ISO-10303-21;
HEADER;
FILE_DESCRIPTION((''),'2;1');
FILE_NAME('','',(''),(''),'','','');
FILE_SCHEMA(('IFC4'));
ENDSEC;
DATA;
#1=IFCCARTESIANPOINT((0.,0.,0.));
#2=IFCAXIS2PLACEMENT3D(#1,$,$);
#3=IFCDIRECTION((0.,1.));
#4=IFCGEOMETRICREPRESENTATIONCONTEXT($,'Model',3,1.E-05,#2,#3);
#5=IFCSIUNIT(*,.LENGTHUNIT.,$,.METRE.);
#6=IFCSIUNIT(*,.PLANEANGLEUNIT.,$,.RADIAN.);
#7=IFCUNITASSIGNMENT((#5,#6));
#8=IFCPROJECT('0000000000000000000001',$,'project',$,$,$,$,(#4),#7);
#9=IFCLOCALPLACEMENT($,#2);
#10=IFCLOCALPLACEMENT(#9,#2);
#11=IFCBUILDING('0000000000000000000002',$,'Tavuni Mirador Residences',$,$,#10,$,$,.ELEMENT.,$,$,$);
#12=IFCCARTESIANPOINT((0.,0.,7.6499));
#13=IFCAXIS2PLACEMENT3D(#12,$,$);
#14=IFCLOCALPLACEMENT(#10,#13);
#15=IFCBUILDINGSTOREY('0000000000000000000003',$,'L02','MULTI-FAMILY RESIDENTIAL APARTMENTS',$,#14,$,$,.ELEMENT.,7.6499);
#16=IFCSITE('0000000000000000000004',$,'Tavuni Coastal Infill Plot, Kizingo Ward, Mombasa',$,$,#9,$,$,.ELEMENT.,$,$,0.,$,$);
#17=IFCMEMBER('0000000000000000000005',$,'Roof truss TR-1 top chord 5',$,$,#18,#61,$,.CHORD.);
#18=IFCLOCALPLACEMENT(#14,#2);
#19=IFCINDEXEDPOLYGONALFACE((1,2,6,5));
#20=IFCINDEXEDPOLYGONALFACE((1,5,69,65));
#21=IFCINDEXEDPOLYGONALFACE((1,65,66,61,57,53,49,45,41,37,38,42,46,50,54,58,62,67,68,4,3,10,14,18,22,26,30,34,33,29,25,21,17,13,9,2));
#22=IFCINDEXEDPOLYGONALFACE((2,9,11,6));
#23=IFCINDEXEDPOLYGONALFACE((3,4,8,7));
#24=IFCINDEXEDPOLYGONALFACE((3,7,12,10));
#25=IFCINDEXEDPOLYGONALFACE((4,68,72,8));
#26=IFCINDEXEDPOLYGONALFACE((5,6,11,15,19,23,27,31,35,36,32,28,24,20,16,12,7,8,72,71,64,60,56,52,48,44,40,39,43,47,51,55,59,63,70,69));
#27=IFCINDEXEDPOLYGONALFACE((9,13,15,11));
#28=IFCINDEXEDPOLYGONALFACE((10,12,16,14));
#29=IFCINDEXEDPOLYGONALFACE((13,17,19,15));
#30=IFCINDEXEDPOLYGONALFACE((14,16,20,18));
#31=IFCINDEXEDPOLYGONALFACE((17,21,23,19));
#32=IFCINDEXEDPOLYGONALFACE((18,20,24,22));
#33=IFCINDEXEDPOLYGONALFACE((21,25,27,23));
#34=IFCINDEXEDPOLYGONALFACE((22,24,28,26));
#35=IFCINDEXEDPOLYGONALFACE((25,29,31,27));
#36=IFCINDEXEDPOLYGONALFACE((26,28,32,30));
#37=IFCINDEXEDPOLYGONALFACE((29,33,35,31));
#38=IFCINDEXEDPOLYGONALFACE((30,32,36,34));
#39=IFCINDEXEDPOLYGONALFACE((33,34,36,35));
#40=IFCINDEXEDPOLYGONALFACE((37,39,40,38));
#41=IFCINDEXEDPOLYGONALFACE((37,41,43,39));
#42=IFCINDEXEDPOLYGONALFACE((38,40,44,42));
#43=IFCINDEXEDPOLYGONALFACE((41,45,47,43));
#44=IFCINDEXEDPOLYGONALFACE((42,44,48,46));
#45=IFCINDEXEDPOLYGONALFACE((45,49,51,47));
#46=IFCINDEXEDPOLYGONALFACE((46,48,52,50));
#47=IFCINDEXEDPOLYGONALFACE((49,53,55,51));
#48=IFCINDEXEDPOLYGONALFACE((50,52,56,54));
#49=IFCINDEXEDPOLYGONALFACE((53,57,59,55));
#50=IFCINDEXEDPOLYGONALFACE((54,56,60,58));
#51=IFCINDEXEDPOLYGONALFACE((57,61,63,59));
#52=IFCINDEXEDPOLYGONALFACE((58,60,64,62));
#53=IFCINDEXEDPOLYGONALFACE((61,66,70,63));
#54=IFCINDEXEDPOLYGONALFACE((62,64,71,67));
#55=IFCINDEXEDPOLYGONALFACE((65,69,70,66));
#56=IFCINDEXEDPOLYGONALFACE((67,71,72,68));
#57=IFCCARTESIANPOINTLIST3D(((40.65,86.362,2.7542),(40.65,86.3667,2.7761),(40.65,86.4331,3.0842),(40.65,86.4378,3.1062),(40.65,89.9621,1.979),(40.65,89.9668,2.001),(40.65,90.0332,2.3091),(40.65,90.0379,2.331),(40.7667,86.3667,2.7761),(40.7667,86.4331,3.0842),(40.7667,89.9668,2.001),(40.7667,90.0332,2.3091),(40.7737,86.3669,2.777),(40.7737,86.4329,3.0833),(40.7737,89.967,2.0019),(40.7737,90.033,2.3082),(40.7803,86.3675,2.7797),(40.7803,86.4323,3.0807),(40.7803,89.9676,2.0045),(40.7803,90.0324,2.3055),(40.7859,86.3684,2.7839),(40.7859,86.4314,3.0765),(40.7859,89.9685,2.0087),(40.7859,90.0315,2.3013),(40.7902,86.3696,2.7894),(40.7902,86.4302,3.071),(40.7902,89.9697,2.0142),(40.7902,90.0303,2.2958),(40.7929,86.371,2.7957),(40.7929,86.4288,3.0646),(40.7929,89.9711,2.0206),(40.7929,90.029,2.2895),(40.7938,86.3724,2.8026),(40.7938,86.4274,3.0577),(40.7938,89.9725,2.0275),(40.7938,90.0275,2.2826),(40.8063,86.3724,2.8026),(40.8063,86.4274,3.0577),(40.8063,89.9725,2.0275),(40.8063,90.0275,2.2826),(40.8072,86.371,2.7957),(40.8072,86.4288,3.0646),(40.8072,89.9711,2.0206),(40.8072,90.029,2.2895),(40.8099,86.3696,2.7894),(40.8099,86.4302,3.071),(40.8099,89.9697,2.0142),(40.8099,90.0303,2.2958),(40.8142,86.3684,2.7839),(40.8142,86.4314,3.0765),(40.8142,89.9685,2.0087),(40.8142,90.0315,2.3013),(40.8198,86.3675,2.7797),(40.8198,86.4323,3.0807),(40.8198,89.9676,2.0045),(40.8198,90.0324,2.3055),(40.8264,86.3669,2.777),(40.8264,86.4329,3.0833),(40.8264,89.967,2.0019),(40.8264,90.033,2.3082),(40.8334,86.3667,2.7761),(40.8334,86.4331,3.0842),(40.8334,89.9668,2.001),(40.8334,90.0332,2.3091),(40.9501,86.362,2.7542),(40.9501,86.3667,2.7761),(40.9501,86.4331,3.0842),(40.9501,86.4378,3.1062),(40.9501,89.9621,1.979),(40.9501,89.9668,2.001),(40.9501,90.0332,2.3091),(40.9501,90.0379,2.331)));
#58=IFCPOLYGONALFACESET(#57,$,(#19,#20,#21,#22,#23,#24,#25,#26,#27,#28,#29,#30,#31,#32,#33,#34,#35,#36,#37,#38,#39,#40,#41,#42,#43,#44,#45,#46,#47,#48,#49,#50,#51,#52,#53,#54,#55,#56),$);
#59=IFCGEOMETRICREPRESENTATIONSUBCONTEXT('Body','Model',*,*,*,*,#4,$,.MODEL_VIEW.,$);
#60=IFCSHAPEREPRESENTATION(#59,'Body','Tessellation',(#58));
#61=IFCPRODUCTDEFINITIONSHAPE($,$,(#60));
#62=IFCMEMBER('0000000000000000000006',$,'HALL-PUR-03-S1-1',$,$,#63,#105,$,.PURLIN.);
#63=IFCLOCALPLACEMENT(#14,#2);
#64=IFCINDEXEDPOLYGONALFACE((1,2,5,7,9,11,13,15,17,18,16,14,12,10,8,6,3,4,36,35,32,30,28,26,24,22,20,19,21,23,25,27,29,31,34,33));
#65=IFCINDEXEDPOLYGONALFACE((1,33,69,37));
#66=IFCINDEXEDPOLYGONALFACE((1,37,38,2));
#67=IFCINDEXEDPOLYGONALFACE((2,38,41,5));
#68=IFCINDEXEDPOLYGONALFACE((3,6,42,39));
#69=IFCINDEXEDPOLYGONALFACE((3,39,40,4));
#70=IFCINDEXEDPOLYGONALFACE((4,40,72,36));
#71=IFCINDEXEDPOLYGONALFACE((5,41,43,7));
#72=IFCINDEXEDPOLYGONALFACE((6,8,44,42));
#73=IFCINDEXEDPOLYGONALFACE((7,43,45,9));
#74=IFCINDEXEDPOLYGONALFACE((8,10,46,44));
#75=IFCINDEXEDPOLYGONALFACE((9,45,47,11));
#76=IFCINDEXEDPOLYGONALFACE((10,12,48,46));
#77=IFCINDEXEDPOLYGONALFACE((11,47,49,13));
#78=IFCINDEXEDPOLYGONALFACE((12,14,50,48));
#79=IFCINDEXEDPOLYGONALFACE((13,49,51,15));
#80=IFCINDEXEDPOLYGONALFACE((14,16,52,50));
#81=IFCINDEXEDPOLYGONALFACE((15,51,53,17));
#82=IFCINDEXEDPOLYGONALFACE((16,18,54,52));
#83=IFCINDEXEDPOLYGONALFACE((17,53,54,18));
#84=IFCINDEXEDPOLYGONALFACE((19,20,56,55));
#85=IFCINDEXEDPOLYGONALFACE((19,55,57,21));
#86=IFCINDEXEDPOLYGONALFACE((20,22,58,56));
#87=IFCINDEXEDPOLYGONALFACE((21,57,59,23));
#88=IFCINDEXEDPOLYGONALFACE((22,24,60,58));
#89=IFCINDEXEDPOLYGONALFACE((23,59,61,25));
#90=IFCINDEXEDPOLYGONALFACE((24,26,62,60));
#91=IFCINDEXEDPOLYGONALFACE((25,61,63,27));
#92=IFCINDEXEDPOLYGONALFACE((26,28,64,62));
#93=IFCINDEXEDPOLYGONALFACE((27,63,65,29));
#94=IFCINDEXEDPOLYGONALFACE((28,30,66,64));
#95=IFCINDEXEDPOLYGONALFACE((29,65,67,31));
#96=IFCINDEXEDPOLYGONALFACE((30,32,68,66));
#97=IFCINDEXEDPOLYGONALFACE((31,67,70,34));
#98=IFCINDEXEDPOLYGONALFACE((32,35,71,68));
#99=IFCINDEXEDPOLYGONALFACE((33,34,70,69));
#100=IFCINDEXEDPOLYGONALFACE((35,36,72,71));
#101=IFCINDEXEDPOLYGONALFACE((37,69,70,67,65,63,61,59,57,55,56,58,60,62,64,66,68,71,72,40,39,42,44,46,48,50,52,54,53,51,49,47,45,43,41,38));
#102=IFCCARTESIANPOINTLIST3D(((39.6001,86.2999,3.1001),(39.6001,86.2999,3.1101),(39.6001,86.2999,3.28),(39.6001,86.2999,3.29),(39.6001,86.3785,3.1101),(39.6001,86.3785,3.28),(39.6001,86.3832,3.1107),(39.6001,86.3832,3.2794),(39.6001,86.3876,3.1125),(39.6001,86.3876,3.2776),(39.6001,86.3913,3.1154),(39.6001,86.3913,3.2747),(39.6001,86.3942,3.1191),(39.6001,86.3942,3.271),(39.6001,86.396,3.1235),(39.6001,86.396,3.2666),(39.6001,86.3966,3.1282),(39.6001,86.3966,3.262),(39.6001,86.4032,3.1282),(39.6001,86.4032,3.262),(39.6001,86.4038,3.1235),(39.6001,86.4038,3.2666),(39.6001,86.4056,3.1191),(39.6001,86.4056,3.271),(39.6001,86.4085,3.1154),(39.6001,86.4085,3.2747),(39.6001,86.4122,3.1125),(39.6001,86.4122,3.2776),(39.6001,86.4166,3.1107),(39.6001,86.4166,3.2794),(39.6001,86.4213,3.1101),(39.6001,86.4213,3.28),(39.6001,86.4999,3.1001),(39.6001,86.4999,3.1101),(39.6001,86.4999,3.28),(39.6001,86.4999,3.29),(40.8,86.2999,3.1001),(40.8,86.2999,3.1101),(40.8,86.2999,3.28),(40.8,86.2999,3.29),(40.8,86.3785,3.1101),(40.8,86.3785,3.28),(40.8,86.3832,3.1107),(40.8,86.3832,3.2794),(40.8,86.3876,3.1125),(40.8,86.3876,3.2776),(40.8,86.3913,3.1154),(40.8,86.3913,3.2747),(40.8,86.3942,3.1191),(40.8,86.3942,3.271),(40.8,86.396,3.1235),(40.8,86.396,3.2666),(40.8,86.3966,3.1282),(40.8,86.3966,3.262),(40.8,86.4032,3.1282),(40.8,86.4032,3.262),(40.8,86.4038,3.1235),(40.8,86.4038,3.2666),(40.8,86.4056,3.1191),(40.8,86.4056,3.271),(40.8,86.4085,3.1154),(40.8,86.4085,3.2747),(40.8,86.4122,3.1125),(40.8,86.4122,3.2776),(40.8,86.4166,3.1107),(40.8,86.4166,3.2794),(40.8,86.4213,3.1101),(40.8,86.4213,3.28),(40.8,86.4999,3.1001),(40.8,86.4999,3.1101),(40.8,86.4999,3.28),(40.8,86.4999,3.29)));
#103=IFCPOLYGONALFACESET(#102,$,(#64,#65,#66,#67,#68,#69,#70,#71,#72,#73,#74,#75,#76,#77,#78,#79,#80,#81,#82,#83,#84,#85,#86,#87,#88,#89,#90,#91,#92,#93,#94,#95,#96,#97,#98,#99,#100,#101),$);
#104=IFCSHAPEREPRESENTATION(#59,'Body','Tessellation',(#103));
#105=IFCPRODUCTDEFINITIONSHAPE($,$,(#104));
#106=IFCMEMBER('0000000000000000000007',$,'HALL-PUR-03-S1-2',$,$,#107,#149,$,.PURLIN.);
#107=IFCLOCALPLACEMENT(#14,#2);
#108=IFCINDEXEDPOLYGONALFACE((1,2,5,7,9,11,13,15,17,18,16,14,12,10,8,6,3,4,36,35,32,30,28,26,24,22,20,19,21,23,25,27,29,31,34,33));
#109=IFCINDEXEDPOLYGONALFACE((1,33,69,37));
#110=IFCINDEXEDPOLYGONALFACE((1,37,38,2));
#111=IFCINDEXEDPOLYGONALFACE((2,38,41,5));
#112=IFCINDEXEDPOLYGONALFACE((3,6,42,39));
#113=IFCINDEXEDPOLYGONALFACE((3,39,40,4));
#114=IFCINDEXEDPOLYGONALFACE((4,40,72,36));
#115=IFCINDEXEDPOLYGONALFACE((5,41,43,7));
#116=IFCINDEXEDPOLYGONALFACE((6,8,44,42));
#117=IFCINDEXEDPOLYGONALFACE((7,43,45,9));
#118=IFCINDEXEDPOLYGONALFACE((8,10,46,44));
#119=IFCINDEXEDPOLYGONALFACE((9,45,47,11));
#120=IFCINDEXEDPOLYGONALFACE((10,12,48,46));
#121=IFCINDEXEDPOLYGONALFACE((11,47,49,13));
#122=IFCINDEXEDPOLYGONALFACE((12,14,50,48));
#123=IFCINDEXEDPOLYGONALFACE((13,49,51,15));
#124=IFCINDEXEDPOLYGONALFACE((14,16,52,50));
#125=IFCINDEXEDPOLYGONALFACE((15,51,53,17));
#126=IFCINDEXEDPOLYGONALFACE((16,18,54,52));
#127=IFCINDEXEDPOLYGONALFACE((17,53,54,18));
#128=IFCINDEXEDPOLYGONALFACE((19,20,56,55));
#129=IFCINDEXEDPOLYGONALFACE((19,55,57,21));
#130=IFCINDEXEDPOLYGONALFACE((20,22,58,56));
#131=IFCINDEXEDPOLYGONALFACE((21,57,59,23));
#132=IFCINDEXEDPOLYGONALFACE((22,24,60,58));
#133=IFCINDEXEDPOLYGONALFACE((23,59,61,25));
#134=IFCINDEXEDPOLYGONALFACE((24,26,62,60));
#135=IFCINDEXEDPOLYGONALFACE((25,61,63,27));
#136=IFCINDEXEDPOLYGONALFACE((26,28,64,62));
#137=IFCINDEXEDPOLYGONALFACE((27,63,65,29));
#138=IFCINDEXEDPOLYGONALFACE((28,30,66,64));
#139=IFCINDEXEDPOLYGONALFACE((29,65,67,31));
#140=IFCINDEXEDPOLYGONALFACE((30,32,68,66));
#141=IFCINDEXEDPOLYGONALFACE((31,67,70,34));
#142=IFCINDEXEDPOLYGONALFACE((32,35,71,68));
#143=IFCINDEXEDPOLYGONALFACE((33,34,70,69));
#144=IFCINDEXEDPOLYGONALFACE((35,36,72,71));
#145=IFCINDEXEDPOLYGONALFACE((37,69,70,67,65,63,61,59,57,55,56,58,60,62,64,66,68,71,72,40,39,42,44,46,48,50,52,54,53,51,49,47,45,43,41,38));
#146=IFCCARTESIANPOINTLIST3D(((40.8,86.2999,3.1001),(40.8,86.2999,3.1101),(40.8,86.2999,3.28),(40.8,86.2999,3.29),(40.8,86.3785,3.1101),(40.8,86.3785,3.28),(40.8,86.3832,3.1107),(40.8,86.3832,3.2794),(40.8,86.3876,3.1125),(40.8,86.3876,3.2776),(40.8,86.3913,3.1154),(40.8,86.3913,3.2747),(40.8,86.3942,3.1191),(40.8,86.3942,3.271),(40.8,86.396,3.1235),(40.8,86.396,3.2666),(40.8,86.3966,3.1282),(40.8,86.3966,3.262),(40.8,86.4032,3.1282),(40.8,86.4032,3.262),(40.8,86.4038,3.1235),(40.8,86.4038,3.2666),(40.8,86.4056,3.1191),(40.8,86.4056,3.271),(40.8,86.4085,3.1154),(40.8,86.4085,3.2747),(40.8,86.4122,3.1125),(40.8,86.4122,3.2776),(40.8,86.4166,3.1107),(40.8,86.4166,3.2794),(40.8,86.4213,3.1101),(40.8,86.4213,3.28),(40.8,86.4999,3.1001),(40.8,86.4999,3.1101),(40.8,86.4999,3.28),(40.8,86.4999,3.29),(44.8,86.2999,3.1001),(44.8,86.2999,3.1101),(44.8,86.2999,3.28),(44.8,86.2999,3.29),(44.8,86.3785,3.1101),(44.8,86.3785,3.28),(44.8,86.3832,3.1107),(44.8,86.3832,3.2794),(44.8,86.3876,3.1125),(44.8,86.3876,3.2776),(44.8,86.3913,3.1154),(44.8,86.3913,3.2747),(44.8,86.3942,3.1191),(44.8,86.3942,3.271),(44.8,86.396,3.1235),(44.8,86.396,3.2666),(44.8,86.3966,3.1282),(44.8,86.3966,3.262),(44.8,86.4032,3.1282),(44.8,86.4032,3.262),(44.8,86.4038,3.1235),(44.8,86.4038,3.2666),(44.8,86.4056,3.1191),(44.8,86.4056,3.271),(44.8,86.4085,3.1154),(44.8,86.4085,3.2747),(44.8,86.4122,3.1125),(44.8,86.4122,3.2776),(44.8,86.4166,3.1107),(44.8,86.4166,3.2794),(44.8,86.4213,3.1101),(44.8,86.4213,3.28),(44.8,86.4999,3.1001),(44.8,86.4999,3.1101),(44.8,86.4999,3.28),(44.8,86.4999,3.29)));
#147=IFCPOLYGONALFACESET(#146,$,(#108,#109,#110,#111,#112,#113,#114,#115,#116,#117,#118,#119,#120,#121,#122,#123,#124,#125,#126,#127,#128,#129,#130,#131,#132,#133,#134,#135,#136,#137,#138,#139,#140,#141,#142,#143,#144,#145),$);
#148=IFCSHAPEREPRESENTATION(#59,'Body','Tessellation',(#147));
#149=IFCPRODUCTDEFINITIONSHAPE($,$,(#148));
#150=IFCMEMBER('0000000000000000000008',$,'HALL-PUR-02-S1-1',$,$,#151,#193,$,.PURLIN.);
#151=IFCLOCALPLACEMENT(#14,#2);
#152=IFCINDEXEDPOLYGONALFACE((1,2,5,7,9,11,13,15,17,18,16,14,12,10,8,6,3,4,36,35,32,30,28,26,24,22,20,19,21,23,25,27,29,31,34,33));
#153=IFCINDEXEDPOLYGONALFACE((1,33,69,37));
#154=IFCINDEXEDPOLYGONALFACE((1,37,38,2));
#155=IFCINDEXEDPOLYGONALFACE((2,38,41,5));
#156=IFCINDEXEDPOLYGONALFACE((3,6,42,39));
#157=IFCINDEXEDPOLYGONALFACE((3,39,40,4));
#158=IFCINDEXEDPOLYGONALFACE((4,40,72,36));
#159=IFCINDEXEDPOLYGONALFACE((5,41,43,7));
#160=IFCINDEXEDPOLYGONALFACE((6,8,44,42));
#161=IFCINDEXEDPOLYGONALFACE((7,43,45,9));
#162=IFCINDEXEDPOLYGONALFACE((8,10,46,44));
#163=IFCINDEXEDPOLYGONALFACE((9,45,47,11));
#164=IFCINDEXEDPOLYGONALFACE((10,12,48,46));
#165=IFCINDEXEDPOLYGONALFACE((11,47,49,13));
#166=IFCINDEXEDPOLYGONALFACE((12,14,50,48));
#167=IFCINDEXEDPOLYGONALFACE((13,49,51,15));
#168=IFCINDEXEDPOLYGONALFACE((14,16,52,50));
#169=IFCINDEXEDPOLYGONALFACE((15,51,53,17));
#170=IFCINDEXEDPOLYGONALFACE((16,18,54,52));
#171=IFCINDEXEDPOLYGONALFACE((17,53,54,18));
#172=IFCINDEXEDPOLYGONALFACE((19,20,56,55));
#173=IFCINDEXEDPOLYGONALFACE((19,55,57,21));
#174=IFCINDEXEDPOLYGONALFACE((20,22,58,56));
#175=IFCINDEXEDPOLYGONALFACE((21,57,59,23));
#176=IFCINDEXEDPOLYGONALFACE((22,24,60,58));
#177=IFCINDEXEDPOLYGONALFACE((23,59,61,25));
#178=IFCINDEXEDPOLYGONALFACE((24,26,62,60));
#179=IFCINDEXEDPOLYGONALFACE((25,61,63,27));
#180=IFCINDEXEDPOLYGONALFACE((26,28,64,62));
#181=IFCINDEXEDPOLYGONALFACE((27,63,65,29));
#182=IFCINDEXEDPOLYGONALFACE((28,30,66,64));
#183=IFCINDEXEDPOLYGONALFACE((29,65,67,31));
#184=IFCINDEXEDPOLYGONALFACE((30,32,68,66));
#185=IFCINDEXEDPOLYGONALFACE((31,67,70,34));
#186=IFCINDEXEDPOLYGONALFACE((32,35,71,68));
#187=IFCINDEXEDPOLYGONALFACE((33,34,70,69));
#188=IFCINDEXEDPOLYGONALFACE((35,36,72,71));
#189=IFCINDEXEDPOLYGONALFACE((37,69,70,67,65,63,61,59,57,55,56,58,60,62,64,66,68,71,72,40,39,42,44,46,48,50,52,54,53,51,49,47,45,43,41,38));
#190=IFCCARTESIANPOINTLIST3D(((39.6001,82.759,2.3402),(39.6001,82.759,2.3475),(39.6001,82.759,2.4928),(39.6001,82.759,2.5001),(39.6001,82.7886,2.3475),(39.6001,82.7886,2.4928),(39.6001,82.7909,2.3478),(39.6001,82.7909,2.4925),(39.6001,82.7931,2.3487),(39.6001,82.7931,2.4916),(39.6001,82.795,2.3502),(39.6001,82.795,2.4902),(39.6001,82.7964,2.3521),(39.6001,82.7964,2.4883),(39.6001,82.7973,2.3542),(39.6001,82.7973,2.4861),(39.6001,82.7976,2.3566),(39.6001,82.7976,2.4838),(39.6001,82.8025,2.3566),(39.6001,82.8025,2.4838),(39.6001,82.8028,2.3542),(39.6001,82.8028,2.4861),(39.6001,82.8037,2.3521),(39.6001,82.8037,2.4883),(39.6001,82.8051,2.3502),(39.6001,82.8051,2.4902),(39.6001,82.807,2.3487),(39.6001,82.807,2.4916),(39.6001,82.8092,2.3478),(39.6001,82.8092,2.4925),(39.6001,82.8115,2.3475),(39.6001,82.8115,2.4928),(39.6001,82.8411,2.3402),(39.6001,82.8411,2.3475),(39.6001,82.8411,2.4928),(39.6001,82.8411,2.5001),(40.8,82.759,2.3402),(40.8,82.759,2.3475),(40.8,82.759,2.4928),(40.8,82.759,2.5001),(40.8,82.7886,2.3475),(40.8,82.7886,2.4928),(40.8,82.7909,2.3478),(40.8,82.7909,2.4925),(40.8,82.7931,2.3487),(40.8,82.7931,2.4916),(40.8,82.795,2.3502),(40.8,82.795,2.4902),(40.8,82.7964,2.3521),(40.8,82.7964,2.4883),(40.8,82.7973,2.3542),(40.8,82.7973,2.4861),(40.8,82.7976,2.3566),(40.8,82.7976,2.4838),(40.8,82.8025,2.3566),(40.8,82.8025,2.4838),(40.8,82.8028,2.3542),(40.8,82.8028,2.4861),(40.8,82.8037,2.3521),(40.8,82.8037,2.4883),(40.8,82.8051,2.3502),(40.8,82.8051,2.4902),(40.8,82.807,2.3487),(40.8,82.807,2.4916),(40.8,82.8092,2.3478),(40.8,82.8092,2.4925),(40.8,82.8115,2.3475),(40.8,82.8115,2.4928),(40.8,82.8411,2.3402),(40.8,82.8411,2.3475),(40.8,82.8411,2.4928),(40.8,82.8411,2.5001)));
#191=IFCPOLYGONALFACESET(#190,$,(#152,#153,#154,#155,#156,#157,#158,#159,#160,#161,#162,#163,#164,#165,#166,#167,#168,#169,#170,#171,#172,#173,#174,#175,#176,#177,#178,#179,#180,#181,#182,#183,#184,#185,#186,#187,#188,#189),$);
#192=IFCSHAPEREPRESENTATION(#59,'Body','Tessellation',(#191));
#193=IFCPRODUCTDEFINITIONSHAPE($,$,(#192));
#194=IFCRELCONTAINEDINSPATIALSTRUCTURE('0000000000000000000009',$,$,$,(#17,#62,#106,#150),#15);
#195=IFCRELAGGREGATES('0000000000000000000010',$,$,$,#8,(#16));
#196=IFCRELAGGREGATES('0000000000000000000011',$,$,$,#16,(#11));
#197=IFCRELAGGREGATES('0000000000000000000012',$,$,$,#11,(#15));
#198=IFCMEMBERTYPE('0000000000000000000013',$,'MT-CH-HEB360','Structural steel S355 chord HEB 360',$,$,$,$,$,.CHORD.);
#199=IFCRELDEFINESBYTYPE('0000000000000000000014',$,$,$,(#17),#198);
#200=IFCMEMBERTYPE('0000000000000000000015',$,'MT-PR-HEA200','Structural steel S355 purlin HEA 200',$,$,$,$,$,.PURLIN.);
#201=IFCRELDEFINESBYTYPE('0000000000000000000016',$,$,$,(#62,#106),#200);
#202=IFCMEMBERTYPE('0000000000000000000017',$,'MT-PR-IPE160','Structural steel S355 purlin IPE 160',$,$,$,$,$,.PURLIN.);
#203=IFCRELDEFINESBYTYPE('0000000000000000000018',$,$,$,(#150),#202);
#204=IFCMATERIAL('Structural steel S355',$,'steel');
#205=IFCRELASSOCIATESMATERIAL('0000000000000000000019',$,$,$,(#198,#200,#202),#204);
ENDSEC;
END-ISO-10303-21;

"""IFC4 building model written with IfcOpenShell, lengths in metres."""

from ifc_helpers import new_model, si_unit, direction, frame, origin, origin_2d, place, context, subcontext, project, spatial, i_section, extrude, material, material_profile, profile_set, type_object, element, save


model = new_model("IFC4")

# Units and contexts
model_context = context("Model", 3, precision=1e-05, world=origin(), true_north=direction((0.0, 1.0)))
body_context = subcontext(model_context, "Body", "Model", "MODEL_VIEW")
ifc_project = project(units=[si_unit("LENGTHUNIT", "METRE"), si_unit("PLANEANGLEUNIT", "RADIAN")], contexts=[model_context])

# Site, building, storey
site_placement = place(None, origin())
site = spatial("IfcSite", under=ifc_project, at=site_placement, Name="Tavuni Coastal Infill Plot, Kizingo Ward, Mombasa", CompositionType="ELEMENT", RefElevation=0.0)
building_placement = place(site_placement, origin())
building = spatial("IfcBuilding", under=site, at=building_placement, Name="Tavuni Mirador Residences", CompositionType="ELEMENT")
storey_placement = place(building_placement, frame((0.0, 0.0, 7.6499)))
storey = spatial("IfcBuildingStorey", under=building, at=storey_placement, Name="L02", Description="MULTI-FAMILY RESIDENTIAL APARTMENTS", CompositionType="ELEMENT", Elevation=7.6499)

# Members
ifc_material_1 = material(Name="Structural steel S355", Category="steel")
ifc_material_profile_1 = material_profile(ifc_material_1, i_section(OverallWidth=0.3, OverallDepth=0.3601, WebThickness=0.0125, FlangeThickness=0.0225, FilletRadius=0.0271, at=origin_2d()), Name="HEB 360", Category="steel")
ifc_profile_set_1 = profile_set([ifc_material_profile_1], Name="Structural steel S355")
member_type_1 = type_object("IfcMemberType", Name="MT-CH-HEB360", Description="Structural steel S355 chord HEB 360", PredefinedType="CHORD", material=ifc_profile_set_1)
member_1_placement = place(storey_placement, frame((40.8, 86.3999, 2.9302), z_axis=(0.0, 0.977596, -0.210489), x_axis=(-1.0, 0.0, 0.0)))
element("IfcMember", 1, at=member_1_placement, inside=storey, type_object=member_type_1, Name="Roof truss TR-1 top chord 5", PredefinedType="CHORD", context=body_context, shape_type="SweptSolid", body=[
    extrude(i_section(OverallWidth=0.3, OverallDepth=0.3601, WebThickness=0.0125, FlangeThickness=0.0225, FilletRadius=0.0271, at=origin_2d()), origin(), (0.0, 0.0, 1.0), 3.6826),
])
ifc_material_profile_2 = material_profile(ifc_material_1, i_section(OverallWidth=0.2, OverallDepth=0.1899, WebThickness=0.0066, FlangeThickness=0.01, FilletRadius=0.0181, at=origin_2d()), Name="HEA 200", Category="steel")
ifc_profile_set_2 = profile_set([ifc_material_profile_2], Name="Structural steel S355")
member_type_2 = type_object("IfcMemberType", Name="MT-PR-HEA200", Description="Structural steel S355 purlin HEA 200", PredefinedType="PURLIN", material=ifc_profile_set_2)
member_2_placement = place(storey_placement, frame((39.6001, 86.3999, 3.1951), z_axis=(1.0, 0.0, 0.0), x_axis=(0.0, 1.0, 0.0)))
element("IfcMember", 2, at=member_2_placement, inside=storey, type_object=member_type_2, Name="HALL-PUR-03-S1-1", PredefinedType="PURLIN", context=body_context, shape_type="SweptSolid", body=[
    extrude(i_section(OverallWidth=0.2, OverallDepth=0.1899, WebThickness=0.0066, FlangeThickness=0.01, FilletRadius=0.0181, at=origin_2d()), origin(), (0.0, 0.0, 1.0), 1.2),
])
member_3_placement = place(storey_placement, frame((40.8, 86.3999, 3.1951), z_axis=(1.0, 0.0, 0.0), x_axis=(0.0, 1.0, 0.0)))
element("IfcMember", 3, at=member_3_placement, inside=storey, type_object=member_type_2, Name="HALL-PUR-03-S1-2", PredefinedType="PURLIN", context=body_context, shape_type="SweptSolid", body=[
    extrude(i_section(OverallWidth=0.2, OverallDepth=0.1899, WebThickness=0.0066, FlangeThickness=0.01, FilletRadius=0.0181, at=origin_2d()), origin(), (0.0, 0.0, 1.0), 4.0),
])
ifc_material_profile_3 = material_profile(ifc_material_1, i_section(OverallWidth=0.082, OverallDepth=0.1599, WebThickness=0.0049, FlangeThickness=0.0073, FilletRadius=0.009, at=origin_2d()), Name="IPE 160", Category="steel")
ifc_profile_set_3 = profile_set([ifc_material_profile_3], Name="Structural steel S355")
member_type_3 = type_object("IfcMemberType", Name="MT-PR-IPE160", Description="Structural steel S355 purlin IPE 160", PredefinedType="PURLIN", material=ifc_profile_set_3)
member_4_placement = place(storey_placement, frame((39.6001, 82.8, 2.4202), z_axis=(1.0, 0.0, 0.0), x_axis=(0.0, 1.0, 0.0)))
element("IfcMember", 4, at=member_4_placement, inside=storey, type_object=member_type_3, Name="HALL-PUR-02-S1-1", PredefinedType="PURLIN", context=body_context, shape_type="SweptSolid", body=[
    extrude(i_section(OverallWidth=0.082, OverallDepth=0.1599, WebThickness=0.0049, FlangeThickness=0.0073, FilletRadius=0.009, at=origin_2d()), origin(), (0.0, 0.0, 1.0), 1.2),
])

save(model, "model.ifc")
